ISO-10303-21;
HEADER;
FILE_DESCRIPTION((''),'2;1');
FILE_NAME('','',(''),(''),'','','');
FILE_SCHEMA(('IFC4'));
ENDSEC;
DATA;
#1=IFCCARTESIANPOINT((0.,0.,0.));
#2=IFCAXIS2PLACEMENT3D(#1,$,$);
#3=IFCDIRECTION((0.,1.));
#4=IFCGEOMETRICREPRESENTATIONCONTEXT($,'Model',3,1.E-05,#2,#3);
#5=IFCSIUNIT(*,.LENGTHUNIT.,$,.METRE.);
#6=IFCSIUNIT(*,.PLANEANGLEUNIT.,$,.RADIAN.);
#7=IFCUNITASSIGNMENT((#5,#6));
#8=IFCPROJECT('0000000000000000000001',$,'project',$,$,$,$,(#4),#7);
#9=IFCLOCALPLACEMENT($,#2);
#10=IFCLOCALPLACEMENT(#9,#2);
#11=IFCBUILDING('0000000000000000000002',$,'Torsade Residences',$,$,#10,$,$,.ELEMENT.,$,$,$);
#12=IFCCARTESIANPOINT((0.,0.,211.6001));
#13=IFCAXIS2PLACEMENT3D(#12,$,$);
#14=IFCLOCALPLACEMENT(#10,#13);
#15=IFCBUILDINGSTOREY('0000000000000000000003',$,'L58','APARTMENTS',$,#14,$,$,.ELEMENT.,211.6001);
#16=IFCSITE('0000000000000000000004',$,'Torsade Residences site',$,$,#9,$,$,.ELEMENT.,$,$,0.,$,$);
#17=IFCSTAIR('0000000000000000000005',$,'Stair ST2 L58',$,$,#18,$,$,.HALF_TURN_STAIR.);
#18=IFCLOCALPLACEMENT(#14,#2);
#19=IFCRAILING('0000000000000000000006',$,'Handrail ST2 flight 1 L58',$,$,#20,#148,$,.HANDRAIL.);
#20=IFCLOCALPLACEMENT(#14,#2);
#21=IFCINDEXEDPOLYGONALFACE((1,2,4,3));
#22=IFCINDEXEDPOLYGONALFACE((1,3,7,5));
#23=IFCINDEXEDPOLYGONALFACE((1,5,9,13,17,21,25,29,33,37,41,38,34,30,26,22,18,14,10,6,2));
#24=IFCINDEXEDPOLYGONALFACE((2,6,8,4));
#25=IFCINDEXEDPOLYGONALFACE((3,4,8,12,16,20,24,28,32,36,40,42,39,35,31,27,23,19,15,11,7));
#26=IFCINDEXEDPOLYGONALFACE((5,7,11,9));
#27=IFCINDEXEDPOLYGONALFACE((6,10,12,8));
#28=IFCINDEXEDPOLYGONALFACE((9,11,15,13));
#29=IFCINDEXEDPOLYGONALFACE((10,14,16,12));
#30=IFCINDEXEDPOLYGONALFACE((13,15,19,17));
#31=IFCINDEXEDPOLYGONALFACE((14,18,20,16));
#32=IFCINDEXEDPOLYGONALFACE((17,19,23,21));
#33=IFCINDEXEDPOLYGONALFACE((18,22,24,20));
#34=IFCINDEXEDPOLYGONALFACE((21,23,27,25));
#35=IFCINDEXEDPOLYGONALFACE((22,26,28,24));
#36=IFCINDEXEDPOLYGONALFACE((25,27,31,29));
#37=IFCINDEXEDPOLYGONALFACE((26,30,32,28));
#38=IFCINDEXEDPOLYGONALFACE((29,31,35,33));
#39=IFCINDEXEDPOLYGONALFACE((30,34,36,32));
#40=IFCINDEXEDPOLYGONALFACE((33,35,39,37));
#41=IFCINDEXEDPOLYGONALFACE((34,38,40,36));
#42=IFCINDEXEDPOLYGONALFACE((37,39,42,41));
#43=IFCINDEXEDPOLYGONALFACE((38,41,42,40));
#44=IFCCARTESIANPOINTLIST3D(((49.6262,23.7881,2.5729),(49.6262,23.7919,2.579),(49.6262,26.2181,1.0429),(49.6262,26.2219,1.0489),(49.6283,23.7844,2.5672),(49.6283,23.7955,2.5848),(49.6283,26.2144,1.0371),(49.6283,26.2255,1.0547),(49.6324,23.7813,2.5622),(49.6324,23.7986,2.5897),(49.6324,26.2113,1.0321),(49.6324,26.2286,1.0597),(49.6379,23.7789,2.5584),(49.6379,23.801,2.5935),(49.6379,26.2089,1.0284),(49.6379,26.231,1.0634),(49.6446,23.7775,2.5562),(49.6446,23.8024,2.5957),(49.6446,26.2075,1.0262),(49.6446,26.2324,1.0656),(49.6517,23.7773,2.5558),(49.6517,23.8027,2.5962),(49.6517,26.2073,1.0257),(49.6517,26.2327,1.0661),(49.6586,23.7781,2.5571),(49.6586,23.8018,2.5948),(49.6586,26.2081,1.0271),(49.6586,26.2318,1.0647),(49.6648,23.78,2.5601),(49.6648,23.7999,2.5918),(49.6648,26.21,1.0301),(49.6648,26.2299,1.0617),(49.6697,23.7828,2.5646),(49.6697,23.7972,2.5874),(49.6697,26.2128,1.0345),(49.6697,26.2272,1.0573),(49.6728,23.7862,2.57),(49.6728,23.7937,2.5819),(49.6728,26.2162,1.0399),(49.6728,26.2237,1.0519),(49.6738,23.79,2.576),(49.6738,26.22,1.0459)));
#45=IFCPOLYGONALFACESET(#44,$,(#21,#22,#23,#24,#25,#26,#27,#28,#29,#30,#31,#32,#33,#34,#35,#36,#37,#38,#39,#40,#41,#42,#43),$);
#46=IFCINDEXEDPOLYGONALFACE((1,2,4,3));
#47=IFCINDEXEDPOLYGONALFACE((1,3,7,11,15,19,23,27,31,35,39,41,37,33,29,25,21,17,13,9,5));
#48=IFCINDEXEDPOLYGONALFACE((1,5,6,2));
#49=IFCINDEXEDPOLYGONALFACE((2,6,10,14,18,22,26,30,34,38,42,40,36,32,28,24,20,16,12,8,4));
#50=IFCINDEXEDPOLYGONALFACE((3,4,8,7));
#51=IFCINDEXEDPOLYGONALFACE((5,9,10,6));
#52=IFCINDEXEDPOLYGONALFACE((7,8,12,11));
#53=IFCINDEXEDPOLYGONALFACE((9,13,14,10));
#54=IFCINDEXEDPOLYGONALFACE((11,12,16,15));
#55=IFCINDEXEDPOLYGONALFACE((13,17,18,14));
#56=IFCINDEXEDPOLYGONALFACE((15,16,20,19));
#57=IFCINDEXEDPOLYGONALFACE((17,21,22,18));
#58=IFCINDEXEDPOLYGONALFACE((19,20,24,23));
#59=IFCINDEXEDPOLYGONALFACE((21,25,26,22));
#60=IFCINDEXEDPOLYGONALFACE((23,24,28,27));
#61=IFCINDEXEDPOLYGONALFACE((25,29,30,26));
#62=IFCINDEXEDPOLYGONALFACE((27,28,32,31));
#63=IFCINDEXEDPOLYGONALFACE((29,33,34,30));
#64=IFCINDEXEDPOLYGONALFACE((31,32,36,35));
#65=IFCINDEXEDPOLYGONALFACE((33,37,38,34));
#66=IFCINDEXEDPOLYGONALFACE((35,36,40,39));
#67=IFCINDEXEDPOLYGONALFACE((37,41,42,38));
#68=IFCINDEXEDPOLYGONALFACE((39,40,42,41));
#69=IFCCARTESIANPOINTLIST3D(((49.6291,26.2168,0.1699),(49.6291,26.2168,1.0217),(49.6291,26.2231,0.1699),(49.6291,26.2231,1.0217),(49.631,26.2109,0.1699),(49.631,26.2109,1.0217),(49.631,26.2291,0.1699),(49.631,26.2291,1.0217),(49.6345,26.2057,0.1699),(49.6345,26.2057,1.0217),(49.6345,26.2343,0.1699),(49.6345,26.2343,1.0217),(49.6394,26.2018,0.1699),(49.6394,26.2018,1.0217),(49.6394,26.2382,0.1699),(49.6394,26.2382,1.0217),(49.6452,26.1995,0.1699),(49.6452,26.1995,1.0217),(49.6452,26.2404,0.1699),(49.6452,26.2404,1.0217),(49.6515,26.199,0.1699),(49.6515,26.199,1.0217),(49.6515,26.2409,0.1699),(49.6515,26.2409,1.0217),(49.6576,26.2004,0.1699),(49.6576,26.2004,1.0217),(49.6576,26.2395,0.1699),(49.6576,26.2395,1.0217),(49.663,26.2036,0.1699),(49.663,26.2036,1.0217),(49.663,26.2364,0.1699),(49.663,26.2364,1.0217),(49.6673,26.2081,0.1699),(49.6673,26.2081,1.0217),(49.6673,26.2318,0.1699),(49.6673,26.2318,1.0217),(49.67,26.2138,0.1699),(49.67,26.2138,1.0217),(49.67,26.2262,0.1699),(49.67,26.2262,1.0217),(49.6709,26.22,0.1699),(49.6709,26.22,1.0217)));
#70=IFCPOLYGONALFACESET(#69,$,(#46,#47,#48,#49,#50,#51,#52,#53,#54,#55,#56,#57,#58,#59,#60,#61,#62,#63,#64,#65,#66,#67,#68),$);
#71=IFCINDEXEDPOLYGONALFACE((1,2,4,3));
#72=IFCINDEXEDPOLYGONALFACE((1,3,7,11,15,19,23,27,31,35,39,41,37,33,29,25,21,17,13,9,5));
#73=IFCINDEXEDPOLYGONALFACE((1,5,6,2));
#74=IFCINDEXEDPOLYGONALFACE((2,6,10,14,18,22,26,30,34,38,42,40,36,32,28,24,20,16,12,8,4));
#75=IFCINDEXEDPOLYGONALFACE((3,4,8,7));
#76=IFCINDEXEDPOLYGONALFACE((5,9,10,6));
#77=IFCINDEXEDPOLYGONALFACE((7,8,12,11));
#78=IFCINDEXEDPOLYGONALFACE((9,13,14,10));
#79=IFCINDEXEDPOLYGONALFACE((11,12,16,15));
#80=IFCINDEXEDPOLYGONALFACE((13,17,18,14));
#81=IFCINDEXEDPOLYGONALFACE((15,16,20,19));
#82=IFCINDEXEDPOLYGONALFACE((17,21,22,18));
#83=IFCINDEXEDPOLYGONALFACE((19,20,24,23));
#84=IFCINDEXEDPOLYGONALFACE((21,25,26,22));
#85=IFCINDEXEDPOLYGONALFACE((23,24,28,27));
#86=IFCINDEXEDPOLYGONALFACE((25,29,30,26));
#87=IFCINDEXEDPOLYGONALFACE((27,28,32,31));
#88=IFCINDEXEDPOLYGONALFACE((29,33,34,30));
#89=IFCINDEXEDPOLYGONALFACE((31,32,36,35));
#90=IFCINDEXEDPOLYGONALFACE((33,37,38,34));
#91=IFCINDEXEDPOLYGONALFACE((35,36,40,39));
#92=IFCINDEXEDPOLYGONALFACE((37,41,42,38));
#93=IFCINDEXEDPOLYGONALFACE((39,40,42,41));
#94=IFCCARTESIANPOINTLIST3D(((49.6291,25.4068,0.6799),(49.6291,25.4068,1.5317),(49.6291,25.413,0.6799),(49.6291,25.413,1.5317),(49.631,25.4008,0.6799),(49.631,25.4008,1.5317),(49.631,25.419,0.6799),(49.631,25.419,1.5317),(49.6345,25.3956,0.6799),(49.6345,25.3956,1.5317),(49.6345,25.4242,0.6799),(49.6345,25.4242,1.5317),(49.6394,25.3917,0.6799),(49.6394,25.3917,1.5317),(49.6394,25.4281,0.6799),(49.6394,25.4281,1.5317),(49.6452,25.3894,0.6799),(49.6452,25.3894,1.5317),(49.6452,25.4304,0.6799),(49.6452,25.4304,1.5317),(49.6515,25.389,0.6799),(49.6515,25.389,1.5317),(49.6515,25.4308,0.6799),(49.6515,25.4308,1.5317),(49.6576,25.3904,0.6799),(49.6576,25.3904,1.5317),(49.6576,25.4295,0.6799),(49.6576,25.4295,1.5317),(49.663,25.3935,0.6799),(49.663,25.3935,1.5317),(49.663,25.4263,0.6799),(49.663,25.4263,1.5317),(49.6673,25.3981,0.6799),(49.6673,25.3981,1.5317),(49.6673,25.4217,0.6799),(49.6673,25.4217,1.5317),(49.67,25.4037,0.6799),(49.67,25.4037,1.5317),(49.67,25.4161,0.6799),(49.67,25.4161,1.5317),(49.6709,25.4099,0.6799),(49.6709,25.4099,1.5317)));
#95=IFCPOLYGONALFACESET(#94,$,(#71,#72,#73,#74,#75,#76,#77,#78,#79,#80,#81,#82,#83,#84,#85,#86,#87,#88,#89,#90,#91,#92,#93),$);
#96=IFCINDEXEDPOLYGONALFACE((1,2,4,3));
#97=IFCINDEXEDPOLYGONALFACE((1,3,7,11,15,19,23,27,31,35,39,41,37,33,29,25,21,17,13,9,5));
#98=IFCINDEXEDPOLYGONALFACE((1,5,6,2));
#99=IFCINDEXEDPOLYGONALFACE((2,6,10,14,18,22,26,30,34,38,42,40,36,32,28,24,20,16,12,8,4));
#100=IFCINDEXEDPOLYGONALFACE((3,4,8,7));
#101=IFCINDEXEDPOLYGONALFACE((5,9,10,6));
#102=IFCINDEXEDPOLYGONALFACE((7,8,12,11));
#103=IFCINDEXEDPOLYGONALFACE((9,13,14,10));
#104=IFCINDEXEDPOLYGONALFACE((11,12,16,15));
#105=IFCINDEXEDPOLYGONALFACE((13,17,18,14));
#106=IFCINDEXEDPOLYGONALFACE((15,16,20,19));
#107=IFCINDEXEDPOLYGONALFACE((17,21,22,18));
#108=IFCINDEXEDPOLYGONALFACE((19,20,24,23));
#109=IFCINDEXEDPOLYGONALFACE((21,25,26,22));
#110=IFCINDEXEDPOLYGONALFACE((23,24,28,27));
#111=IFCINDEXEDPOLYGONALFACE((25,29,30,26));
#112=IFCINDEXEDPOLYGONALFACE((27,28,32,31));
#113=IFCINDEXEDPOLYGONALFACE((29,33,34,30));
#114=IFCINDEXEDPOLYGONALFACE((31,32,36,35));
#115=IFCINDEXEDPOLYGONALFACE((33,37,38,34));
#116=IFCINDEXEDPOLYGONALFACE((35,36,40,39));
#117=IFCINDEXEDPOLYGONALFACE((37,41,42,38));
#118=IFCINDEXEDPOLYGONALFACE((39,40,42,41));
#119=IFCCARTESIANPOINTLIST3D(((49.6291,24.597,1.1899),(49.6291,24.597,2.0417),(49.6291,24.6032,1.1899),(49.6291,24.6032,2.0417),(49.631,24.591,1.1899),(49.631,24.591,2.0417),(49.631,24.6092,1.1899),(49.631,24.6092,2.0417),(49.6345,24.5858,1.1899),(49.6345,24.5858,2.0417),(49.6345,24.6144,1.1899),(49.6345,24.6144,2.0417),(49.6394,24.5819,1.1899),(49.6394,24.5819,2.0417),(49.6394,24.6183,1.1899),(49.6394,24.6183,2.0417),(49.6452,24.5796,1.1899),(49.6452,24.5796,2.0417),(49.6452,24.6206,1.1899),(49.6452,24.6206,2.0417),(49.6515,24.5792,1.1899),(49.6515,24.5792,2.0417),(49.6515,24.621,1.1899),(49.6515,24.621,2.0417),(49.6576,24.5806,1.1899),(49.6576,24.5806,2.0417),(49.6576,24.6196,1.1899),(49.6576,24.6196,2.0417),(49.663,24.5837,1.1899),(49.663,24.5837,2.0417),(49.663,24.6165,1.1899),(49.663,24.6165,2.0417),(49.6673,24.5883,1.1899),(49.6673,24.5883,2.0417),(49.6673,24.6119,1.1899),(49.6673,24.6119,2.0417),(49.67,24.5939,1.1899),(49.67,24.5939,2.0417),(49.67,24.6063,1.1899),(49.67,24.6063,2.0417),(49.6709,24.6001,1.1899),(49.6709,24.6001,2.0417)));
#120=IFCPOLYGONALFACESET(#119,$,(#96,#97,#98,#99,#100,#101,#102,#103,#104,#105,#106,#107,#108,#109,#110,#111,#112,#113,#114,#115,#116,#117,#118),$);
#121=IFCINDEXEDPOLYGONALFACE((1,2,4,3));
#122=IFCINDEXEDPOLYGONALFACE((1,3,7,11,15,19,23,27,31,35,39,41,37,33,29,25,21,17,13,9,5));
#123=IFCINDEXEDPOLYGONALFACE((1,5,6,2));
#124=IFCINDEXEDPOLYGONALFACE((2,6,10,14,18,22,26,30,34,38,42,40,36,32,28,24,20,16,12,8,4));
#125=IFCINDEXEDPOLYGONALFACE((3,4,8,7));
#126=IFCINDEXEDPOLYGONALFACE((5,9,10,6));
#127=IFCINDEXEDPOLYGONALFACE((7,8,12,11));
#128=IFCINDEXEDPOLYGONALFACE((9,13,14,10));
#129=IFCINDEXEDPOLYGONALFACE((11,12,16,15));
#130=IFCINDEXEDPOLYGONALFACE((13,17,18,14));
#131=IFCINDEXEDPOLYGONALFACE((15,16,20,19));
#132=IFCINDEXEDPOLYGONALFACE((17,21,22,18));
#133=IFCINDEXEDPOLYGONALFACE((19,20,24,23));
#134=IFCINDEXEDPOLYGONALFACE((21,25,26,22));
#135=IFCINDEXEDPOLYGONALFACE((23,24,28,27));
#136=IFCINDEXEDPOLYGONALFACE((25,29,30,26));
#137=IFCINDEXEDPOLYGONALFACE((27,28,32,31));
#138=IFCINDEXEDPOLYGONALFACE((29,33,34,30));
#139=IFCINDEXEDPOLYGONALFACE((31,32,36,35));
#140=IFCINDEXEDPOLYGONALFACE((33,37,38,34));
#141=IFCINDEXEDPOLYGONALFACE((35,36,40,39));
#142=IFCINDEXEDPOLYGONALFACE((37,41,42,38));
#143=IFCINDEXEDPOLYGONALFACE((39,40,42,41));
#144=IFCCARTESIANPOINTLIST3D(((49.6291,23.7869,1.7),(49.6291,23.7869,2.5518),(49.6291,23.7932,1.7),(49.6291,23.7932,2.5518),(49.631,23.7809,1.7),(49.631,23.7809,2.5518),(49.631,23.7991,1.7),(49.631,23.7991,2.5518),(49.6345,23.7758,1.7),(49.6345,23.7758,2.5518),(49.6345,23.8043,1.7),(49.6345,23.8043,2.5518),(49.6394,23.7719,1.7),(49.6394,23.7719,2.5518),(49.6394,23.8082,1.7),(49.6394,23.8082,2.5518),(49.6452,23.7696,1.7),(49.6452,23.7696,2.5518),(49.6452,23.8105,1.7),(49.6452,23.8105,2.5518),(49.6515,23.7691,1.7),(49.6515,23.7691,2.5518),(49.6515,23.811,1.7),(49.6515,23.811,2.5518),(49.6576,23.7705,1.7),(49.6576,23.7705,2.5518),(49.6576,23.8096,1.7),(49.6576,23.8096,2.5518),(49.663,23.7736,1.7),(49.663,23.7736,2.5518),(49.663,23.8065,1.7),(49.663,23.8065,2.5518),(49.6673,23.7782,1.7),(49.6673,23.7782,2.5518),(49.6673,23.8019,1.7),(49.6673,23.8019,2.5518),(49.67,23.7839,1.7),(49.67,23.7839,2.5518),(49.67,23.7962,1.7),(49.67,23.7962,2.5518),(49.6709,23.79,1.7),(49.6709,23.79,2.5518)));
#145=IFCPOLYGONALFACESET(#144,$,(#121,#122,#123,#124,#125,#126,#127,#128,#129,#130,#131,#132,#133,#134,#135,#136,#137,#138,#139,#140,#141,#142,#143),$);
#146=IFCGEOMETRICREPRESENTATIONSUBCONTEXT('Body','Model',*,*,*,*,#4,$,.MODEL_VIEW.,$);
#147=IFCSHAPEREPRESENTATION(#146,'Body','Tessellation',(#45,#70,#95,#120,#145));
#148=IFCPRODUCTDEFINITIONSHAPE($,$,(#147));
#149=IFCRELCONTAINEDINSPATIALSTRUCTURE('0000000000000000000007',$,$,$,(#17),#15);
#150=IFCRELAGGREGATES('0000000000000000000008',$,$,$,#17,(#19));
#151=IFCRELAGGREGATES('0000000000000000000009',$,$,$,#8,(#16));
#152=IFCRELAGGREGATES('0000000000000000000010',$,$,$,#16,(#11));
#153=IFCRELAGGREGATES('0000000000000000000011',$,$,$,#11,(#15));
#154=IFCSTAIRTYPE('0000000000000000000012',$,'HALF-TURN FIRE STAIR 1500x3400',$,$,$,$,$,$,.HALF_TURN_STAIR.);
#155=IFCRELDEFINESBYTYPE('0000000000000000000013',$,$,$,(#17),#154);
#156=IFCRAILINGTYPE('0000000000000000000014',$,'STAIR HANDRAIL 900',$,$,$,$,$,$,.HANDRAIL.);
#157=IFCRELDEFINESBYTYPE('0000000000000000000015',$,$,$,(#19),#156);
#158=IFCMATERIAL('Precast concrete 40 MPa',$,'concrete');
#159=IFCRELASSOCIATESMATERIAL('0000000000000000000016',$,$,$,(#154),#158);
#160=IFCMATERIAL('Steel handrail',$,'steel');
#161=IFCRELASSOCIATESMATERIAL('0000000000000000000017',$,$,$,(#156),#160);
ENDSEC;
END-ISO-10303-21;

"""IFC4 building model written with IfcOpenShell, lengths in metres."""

from ifc_helpers import new_model, si_unit, direction, frame, origin, origin_2d, place, context, subcontext, project, spatial, circle, extrude, material, type_object, element, aggregate, save


model = new_model("IFC4")

# Units and contexts
model_context = context("Model", 3, precision=1e-05, world=origin(), true_north=direction((0.0, 1.0)))
body_context = subcontext(model_context, "Body", "Model", "MODEL_VIEW")
ifc_project = project(units=[si_unit("LENGTHUNIT", "METRE"), si_unit("PLANEANGLEUNIT", "RADIAN")], contexts=[model_context])

# Site, building, storey
site_placement = place(None, origin())
site = spatial("IfcSite", under=ifc_project, at=site_placement, Name="Torsade Residences site", CompositionType="ELEMENT", RefElevation=0.0)
building_placement = place(site_placement, origin())
building = spatial("IfcBuilding", under=site, at=building_placement, Name="Torsade Residences", CompositionType="ELEMENT")
storey_placement = place(building_placement, frame((0.0, 0.0, 211.6001)))
storey = spatial("IfcBuildingStorey", under=building, at=storey_placement, Name="L58", Description="APARTMENTS", CompositionType="ELEMENT", Elevation=211.6001)

# Stair, railing
ifc_material_1 = material(Name="Precast concrete 40 MPa", Category="concrete")
stair_type = type_object("IfcStairType", Name="HALF-TURN FIRE STAIR 1500x3400", PredefinedType="HALF_TURN_STAIR", material=ifc_material_1)
stair_placement = place(storey_placement, origin())
stair = element("IfcStair", 1, at=stair_placement, inside=storey, type_object=stair_type, Name="Stair ST2 L58", PredefinedType="HALF_TURN_STAIR")
ifc_material_2 = material(Name="Steel handrail", Category="steel")
railing_type = type_object("IfcRailingType", Name="STAIR HANDRAIL 900", PredefinedType="HANDRAIL", material=ifc_material_2)
railing_1_placement = place(storey_placement, frame((49.6499, 26.22, 0.1699)))
railing_1 = element("IfcRailing", 2, at=railing_1_placement, type_object=railing_type, Name="Handrail ST2 flight 1 L58", PredefinedType="HANDRAIL", context=body_context, shape_type="SweptSolid", body=[
    extrude(circle(Radius=0.0239, at=origin_2d()), frame((0.0, 0.0, 0.876), z_axis=(0.0, -0.846221, 0.532831), x_axis=(1.0, 0.0, 0.0)), (0.0, 0.0, 1.0), 2.8716),
    extrude(circle(Radius=0.021, at=origin_2d()), origin(), (0.0, 0.0, 1.0), 0.8518),
    extrude(circle(Radius=0.021, at=origin_2d()), frame((0.0, -0.8101, 0.51)), (0.0, 0.0, 1.0), 0.8518),
    extrude(circle(Radius=0.021, at=origin_2d()), frame((0.0, -1.6199, 1.02)), (0.0, 0.0, 1.0), 0.8518),
    extrude(circle(Radius=0.021, at=origin_2d()), frame((0.0, -2.4299, 1.53)), (0.0, 0.0, 1.0), 0.8518),
])
aggregate(stair, [railing_1])

save(model, "model.ifc")
